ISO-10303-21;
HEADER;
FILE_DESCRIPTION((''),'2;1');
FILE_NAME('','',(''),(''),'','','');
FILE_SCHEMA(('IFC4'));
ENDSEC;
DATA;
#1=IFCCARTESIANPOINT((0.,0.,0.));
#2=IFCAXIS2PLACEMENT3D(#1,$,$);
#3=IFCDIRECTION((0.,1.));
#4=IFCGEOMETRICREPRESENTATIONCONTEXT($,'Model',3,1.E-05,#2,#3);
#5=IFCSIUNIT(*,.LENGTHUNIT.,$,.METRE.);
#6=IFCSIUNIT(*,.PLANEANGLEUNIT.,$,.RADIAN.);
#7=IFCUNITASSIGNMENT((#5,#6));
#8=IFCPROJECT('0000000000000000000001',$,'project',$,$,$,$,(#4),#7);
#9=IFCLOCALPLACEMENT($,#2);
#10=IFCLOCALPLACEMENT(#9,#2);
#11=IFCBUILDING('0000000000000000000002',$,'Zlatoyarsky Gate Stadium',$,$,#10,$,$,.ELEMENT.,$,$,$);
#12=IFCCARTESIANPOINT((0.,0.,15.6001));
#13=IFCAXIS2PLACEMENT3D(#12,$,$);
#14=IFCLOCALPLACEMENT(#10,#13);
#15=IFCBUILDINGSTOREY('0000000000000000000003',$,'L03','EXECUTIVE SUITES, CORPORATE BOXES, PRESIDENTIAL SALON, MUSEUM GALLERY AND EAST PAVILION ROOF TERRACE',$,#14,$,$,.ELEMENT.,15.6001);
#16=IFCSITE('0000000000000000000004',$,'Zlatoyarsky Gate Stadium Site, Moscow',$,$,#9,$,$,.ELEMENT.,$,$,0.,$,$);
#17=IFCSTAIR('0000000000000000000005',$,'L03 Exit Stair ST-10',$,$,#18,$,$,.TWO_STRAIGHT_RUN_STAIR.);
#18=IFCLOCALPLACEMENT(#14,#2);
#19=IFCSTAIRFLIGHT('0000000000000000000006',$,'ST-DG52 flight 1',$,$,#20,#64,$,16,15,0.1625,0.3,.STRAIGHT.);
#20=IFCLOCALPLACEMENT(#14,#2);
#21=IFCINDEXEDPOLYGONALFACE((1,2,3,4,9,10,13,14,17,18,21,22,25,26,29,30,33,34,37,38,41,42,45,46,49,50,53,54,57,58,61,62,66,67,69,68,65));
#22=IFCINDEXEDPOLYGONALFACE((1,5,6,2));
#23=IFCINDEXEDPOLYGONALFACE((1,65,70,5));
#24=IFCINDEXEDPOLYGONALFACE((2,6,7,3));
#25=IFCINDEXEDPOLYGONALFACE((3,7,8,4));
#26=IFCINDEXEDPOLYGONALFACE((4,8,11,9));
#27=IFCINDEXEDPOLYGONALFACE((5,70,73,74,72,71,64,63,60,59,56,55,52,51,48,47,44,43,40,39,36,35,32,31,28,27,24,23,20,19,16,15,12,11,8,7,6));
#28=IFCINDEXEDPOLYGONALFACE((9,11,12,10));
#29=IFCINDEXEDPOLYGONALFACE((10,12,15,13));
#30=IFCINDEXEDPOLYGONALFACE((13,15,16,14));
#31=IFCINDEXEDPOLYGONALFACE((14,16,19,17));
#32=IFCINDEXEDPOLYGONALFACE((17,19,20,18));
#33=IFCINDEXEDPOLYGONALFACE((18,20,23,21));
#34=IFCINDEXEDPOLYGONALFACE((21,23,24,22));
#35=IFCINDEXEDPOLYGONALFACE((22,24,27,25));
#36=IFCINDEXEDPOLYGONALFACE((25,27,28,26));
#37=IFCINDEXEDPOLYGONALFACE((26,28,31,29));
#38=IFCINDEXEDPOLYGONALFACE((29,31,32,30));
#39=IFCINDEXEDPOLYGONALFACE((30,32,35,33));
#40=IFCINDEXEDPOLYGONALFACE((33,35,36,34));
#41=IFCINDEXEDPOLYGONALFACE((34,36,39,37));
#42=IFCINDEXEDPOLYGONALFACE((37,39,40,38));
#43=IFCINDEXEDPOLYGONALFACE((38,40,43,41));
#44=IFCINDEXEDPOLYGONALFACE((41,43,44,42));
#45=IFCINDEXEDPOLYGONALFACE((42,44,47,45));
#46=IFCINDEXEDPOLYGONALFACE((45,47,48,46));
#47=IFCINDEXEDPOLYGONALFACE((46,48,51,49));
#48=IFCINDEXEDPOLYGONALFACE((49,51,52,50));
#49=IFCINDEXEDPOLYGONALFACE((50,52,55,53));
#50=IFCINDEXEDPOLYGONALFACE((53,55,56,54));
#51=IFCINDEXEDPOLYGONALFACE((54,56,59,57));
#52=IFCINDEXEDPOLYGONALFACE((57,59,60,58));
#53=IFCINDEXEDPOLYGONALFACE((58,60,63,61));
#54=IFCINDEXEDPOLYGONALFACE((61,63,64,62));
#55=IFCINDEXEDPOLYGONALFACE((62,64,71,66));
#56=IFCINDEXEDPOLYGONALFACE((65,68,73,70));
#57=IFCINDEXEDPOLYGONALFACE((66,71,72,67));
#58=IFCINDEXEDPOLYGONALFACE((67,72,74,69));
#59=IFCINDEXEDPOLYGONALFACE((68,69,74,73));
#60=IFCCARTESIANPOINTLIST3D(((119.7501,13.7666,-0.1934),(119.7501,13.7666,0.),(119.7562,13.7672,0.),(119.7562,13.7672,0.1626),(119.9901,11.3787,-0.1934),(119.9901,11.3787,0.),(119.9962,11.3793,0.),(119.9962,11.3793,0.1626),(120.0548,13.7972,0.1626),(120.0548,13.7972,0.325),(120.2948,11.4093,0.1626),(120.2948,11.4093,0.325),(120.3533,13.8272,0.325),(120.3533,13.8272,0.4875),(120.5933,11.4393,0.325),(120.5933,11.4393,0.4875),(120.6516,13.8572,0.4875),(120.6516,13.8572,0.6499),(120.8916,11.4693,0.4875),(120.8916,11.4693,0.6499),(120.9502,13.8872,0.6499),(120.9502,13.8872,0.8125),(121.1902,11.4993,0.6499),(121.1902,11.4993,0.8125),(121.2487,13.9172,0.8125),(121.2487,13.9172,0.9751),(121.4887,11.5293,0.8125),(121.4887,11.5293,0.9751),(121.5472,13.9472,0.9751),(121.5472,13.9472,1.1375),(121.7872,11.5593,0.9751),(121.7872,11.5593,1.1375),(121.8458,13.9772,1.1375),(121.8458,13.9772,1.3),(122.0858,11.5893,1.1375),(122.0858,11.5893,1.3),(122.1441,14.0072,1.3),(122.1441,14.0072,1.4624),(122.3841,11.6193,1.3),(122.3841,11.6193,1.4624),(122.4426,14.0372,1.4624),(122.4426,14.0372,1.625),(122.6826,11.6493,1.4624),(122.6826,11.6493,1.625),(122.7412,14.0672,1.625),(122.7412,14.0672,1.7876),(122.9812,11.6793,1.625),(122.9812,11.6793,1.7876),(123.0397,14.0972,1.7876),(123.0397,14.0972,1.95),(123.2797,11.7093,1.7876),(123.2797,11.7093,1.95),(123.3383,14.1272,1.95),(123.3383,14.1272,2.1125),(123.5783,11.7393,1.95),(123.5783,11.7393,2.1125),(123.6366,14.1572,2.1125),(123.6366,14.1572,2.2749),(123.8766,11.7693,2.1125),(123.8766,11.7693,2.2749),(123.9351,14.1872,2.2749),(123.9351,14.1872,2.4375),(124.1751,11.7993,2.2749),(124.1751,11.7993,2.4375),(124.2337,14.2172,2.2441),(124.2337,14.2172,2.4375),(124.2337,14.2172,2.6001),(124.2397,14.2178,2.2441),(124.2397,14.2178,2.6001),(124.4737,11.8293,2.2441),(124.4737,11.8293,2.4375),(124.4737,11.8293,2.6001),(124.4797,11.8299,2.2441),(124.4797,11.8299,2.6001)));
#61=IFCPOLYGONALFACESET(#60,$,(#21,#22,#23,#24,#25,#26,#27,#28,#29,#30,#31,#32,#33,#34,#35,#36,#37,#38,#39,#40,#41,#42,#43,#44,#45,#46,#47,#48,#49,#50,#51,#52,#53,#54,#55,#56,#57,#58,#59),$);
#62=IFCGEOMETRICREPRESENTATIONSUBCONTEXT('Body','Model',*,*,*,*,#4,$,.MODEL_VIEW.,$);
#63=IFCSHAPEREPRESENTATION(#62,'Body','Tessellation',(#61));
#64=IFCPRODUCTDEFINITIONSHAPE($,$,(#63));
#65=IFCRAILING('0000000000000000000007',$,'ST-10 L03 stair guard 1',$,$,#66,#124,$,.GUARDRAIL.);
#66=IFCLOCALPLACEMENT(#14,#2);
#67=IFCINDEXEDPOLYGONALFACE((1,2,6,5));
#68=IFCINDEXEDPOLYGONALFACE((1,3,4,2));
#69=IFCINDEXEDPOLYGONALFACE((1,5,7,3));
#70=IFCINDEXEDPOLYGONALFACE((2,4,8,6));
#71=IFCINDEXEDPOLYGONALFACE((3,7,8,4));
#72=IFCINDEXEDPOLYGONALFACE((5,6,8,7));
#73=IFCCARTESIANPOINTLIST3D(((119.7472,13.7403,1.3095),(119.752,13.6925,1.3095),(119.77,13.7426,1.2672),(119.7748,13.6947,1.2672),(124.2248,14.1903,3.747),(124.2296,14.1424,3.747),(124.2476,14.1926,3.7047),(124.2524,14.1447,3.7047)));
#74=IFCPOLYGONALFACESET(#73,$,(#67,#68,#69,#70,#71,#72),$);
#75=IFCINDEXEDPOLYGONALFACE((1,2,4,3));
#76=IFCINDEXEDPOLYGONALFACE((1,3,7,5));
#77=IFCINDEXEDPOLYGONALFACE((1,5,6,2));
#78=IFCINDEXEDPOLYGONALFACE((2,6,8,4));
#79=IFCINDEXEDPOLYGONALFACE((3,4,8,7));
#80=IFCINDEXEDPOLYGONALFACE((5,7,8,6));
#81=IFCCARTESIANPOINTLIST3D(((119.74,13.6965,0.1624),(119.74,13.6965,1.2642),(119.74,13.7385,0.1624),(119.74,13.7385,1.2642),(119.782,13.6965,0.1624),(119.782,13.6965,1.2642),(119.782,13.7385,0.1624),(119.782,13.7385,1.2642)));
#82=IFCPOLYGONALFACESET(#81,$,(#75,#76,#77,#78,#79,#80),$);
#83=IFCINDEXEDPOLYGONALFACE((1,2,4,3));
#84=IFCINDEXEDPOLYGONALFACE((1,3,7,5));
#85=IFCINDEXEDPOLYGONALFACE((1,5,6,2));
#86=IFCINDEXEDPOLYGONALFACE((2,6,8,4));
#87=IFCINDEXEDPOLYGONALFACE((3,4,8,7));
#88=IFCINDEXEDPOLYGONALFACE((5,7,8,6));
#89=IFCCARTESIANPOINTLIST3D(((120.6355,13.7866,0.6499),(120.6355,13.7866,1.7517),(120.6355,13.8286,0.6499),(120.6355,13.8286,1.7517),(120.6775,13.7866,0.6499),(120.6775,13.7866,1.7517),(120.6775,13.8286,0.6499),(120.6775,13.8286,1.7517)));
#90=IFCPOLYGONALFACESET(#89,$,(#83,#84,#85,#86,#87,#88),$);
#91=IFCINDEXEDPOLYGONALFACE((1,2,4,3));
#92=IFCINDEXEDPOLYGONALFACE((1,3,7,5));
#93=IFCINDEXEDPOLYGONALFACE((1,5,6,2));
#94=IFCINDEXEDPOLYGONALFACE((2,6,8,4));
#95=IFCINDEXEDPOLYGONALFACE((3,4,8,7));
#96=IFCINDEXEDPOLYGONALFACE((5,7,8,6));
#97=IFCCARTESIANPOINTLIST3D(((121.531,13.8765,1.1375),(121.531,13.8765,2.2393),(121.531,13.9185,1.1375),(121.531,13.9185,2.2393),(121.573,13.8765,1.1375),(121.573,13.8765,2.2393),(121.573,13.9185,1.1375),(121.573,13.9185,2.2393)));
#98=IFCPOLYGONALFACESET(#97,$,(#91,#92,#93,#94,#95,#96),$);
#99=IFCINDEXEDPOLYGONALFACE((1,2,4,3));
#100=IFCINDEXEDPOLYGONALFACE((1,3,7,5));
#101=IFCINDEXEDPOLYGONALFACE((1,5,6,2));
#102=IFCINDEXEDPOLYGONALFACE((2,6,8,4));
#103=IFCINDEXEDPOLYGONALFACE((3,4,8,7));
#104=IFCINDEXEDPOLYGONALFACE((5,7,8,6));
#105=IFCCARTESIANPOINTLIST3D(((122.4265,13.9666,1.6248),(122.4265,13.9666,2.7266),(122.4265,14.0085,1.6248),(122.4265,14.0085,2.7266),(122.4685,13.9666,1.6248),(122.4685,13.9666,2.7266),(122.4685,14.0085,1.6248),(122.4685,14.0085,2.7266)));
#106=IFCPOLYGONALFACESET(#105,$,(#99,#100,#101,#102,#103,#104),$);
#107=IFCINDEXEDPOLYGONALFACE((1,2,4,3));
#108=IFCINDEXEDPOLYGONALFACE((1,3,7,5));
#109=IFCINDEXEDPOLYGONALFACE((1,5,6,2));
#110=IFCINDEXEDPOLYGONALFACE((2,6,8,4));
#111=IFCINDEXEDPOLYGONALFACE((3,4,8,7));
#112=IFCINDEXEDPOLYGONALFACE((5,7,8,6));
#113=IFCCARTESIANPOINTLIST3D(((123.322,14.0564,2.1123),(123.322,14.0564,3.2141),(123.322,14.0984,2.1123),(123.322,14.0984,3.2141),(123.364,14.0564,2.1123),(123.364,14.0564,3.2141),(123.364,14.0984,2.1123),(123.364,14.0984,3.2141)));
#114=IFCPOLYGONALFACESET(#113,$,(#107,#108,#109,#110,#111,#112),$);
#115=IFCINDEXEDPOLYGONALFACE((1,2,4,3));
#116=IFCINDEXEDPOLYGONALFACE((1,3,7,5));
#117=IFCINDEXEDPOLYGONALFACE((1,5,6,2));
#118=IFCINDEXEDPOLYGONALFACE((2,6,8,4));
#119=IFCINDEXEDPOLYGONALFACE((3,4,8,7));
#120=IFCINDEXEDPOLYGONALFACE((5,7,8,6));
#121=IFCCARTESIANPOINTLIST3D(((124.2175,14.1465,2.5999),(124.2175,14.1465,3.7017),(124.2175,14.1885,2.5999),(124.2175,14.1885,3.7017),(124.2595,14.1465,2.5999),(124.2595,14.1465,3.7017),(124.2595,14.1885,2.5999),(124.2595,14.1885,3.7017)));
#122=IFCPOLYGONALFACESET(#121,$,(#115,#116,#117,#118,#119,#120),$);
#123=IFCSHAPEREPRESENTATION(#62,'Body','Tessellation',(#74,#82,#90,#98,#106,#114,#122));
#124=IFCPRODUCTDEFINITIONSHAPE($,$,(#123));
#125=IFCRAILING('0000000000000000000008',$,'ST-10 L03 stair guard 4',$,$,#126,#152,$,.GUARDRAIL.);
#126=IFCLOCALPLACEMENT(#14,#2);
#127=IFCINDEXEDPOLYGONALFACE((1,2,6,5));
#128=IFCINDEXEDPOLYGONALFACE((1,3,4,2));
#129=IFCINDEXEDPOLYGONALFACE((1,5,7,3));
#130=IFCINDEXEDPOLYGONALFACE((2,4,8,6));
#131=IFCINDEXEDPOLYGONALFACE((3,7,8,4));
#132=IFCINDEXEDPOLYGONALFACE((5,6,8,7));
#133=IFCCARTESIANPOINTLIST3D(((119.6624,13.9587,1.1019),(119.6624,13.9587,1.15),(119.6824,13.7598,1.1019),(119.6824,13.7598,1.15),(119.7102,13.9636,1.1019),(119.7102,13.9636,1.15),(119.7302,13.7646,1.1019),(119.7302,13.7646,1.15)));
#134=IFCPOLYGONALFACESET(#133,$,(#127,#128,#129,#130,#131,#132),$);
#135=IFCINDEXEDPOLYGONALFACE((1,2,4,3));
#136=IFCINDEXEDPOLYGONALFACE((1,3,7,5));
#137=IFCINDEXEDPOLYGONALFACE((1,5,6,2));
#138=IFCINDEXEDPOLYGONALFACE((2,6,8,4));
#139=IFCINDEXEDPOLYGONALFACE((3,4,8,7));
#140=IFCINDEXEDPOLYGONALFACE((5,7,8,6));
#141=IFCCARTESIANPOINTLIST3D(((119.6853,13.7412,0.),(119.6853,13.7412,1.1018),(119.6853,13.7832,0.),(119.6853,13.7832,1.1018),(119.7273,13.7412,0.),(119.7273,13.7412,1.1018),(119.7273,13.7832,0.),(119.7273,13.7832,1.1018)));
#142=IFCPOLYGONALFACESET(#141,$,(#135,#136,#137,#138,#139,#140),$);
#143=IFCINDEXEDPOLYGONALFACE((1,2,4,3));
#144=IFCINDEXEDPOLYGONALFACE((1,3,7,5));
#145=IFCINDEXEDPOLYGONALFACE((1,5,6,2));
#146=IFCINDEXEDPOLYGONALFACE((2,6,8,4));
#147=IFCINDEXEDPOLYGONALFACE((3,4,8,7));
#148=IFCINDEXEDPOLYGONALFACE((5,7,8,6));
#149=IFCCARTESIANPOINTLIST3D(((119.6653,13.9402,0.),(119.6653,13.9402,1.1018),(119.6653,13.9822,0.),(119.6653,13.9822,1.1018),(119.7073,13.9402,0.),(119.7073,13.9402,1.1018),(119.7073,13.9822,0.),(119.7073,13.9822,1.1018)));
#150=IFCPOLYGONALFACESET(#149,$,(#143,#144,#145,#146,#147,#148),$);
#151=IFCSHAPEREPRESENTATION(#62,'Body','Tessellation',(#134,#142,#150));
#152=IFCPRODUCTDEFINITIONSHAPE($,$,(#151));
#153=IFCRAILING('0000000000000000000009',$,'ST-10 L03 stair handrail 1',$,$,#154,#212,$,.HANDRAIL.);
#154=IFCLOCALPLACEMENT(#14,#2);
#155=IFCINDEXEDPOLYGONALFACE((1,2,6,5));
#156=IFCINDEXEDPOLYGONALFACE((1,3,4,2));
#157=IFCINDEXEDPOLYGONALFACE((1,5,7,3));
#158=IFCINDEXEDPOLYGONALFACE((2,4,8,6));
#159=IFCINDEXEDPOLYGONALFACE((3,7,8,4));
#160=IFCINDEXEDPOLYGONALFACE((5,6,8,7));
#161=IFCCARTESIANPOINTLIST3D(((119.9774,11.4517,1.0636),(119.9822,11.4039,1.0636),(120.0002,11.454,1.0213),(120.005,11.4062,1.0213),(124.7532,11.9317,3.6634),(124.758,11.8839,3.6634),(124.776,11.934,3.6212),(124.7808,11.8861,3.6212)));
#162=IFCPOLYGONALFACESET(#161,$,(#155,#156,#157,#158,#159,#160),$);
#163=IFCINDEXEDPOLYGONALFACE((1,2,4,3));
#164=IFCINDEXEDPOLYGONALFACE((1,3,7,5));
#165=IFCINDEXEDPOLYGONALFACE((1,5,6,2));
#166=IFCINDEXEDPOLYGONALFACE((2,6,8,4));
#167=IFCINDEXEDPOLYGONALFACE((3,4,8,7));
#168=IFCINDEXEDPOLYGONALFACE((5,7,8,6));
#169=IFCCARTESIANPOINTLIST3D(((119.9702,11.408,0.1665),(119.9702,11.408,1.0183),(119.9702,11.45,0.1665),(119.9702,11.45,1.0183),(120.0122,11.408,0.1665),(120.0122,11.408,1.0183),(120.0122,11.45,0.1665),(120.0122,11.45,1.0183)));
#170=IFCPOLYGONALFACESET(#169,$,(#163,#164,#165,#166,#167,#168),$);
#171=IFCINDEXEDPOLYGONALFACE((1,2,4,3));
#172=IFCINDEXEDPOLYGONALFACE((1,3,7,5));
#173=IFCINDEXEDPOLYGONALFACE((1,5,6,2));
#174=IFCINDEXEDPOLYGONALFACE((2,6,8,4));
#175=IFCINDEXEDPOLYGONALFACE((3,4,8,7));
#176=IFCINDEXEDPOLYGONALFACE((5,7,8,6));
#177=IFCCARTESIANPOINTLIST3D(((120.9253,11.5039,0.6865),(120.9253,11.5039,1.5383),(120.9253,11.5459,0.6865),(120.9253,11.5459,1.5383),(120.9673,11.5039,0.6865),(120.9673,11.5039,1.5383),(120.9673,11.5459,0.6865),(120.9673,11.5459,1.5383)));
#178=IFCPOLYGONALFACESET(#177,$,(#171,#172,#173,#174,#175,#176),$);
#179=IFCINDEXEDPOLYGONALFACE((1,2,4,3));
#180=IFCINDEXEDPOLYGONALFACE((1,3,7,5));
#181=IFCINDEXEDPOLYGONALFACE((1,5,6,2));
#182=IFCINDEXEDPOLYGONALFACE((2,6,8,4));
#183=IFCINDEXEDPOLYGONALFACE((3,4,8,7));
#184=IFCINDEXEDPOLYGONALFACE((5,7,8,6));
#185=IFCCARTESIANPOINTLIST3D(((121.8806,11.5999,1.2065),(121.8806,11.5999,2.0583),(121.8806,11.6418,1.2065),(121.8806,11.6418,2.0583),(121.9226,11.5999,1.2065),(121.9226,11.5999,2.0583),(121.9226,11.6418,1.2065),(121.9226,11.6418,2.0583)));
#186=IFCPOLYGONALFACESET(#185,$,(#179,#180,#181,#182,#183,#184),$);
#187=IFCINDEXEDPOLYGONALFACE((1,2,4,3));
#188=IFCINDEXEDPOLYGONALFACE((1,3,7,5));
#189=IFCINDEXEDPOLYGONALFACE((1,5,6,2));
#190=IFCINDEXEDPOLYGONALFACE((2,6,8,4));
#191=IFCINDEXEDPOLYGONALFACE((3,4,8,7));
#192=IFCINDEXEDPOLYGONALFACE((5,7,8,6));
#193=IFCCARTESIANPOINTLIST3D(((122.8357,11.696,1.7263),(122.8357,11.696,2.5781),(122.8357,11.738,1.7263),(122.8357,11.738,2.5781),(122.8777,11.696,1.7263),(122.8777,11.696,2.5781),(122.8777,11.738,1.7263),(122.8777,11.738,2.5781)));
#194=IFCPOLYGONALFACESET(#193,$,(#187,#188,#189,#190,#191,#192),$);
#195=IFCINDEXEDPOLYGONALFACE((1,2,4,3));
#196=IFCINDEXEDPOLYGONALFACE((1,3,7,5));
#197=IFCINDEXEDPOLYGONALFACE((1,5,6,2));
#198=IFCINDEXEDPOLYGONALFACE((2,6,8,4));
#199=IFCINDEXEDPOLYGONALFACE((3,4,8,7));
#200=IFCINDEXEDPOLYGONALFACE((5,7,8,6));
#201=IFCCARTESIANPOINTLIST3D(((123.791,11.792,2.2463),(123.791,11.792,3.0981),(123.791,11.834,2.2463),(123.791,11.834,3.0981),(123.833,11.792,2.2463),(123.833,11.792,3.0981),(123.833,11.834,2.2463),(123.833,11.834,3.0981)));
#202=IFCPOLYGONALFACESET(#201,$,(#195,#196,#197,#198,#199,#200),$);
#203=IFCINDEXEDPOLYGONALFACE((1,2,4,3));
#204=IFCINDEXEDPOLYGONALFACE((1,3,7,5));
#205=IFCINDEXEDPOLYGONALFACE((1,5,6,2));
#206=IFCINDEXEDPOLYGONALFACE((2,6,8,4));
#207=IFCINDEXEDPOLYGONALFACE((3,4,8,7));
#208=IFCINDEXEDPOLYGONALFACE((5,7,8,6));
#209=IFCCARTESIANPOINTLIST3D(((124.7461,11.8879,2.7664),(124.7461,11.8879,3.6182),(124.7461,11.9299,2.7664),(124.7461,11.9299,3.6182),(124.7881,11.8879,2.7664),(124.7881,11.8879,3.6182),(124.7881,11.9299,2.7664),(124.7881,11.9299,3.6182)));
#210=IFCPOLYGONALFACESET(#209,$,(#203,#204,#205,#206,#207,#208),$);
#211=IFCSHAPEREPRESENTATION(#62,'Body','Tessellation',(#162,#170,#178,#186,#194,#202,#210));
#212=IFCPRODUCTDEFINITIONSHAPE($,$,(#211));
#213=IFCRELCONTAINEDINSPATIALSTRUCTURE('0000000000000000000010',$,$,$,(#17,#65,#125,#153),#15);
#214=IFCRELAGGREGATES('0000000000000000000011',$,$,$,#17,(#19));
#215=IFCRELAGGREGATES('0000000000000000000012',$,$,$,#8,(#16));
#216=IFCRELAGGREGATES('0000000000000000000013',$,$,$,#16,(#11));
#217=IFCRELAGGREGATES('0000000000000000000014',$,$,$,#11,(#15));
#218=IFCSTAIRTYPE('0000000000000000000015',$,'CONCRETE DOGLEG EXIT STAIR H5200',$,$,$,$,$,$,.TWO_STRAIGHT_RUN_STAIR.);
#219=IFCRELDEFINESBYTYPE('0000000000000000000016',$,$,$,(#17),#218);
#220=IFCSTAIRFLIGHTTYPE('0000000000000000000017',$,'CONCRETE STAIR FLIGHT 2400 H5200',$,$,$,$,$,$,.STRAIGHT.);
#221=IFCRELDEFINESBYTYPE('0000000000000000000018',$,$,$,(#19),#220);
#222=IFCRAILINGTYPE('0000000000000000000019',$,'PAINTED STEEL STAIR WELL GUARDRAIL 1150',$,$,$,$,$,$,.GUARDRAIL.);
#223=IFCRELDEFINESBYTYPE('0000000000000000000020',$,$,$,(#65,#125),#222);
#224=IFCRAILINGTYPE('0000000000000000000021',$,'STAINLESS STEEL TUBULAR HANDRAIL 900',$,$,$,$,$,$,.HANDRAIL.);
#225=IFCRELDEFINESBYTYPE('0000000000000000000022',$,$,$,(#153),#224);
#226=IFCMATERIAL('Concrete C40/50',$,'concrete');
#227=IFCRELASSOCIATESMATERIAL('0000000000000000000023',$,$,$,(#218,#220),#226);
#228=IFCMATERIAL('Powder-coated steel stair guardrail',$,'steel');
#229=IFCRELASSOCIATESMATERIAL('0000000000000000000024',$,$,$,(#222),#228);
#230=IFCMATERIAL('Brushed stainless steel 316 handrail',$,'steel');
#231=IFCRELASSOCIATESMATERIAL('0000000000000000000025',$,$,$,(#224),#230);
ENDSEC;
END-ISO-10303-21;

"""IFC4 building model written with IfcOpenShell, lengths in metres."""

from ifc_helpers import new_model, si_unit, direction, frame, origin, origin_2d, place, context, subcontext, project, spatial, polyline, rectangle, outline, extrude, material, type_object, element, aggregate, save


model = new_model("IFC4")

# Units and contexts
model_context = context("Model", 3, precision=1e-05, world=origin(), true_north=direction((0.0, 1.0)))
body_context = subcontext(model_context, "Body", "Model", "MODEL_VIEW")
ifc_project = project(units=[si_unit("LENGTHUNIT", "METRE"), si_unit("PLANEANGLEUNIT", "RADIAN")], contexts=[model_context])

# Site, building, storey
site_placement = place(None, origin())
site = spatial("IfcSite", under=ifc_project, at=site_placement, Name="Zlatoyarsky Gate Stadium Site, Moscow", CompositionType="ELEMENT", RefElevation=0.0)
building_placement = place(site_placement, origin())
building = spatial("IfcBuilding", under=site, at=building_placement, Name="Zlatoyarsky Gate Stadium", CompositionType="ELEMENT")
storey_placement = place(building_placement, frame((0.0, 0.0, 15.6001)))
storey = spatial("IfcBuildingStorey", under=building, at=storey_placement, Name="L03", Description="EXECUTIVE SUITES, CORPORATE BOXES, PRESIDENTIAL SALON, MUSEUM GALLERY AND EAST PAVILION ROOF TERRACE", CompositionType="ELEMENT", Elevation=15.6001)

# Shared definitions
ifc_material_1 = material(Name="Concrete C40/50", Category="concrete")

# Stair, stair flight
stair_type = type_object("IfcStairType", Name="CONCRETE DOGLEG EXIT STAIR H5200", PredefinedType="TWO_STRAIGHT_RUN_STAIR", material=ifc_material_1)
stair_placement = place(storey_placement, origin())
stair = element("IfcStair", 1, at=stair_placement, inside=storey, type_object=stair_type, Name="L03 Exit Stair ST-10", PredefinedType="TWO_STRAIGHT_RUN_STAIR")
stair_flight_type = type_object("IfcStairFlightType", Name="CONCRETE STAIR FLIGHT 2400 H5200", PredefinedType="STRAIGHT", material=ifc_material_1)
stair_flight_placement = place(storey_placement, frame((119.8762, 12.5732, 0.0), z_axis=(0.0, 0.0, 1.0), x_axis=(0.994987, 0.100006, 0.0)))
stair_flight = element("IfcStairFlight", 2, at=stair_flight_placement, type_object=stair_flight_type, Name="ST-DG52 flight 1", NumberOfRisers=16, NumberOfTreads=15, PredefinedType="STRAIGHT", RiserHeight=0.1625, TreadLength=0.3, context=body_context, shape_type="SweptSolid", body=[
    extrude(outline(polyline([(-0.0061, -0.1934), (-0.0061, 0.0), (0.0, 0.0), (0.0, 0.1626), (0.3, 0.1626), (0.3, 0.325), (0.6001, 0.325), (0.6001, 0.4875), (0.8999, 0.4875), (0.8999, 0.6499), (1.2, 0.6499), (1.2, 0.8125), (1.5, 0.8125), (1.5, 0.9751), (1.8, 0.9751), (1.8, 1.1375), (2.1001, 1.1375), (2.1001, 1.3), (2.3999, 1.3), (2.3999, 1.4624), (2.7, 1.4624), (2.7, 1.625), (3.0, 1.625), (3.0, 1.7876), (3.3, 1.7876), (3.3, 1.95), (3.6001, 1.95), (3.6001, 2.1125), (3.8999, 2.1125), (3.8999, 2.2749), (4.2, 2.2749), (4.2, 2.4375), (4.5, 2.4375), (4.5, 2.6001), (4.5061, 2.6001), (4.5061, 2.2441), (4.5, 2.2441), (-0.0061, -0.1934)])), frame((0.0, 1.2, 0.0), z_axis=(0.0, -1.0, 0.0), x_axis=(1.0, 0.0, 0.0)), (0.0, 0.0, 1.0), 2.3999),
])
aggregate(stair, [stair_flight])

# Railings
ifc_material_2 = material(Name="Powder-coated steel stair guardrail", Category="steel")
railing_type_1 = type_object("IfcRailingType", Name="PAINTED STEEL STAIR WELL GUARDRAIL 1150", PredefinedType="GUARDRAIL", material=ifc_material_2)
railing_1_placement = place(storey_placement, frame((119.761, 13.7175, 0.1624)))
element("IfcRailing", 3, at=railing_1_placement, inside=storey, type_object=railing_type_1, Name="ST-10 L03 stair guard 1", PredefinedType="GUARDRAIL", context=body_context, shape_type="SweptSolid", body=[
    extrude(rectangle(XDim=0.0481, YDim=0.0481, at=origin_2d()), frame((0.0, 0.0, 1.126), z_axis=(0.87489, 0.087918, 0.476276), x_axis=(-0.099987, 0.994989, 0.0)), (0.0, 0.0, 1.0), 5.1179),
    extrude(rectangle(XDim=0.042, YDim=0.042, at=origin_2d()), origin(), (0.0, 0.0, 1.0), 1.1018),
    extrude(rectangle(XDim=0.042, YDim=0.042, at=origin_2d()), frame((0.8955, 0.0901, 0.4875)), (0.0, 0.0, 1.0), 1.1018),
    extrude(rectangle(XDim=0.042, YDim=0.042, at=origin_2d()), frame((1.791, 0.1799, 0.9751)), (0.0, 0.0, 1.0), 1.1018),
    extrude(rectangle(XDim=0.042, YDim=0.042, at=origin_2d()), frame((2.6865, 0.27, 1.4624)), (0.0, 0.0, 1.0), 1.1018),
    extrude(rectangle(XDim=0.042, YDim=0.042, at=origin_2d()), frame((3.582, 0.3599, 1.95)), (0.0, 0.0, 1.0), 1.1018),
    extrude(rectangle(XDim=0.042, YDim=0.042, at=origin_2d()), frame((4.4775, 0.45, 2.4375)), (0.0, 0.0, 1.0), 1.1018),
])
railing_2_placement = place(storey_placement, frame((119.7063, 13.7622, 0.0)))
element("IfcRailing", 4, at=railing_2_placement, inside=storey, type_object=railing_type_1, Name="ST-10 L03 stair guard 4", PredefinedType="GUARDRAIL", context=body_context, shape_type="SweptSolid", body=[
    extrude(rectangle(XDim=0.0481, YDim=0.0481, at=origin_2d()), frame((0.0, 0.0, 1.126), z_axis=(-0.100108, 0.994977, 0.0), x_axis=(-0.994977, -0.100108, 0.0)), (0.0, 0.0, 1.0), 0.2),
    extrude(rectangle(XDim=0.042, YDim=0.042, at=origin_2d()), origin(), (0.0, 0.0, 1.0), 1.1018),
    extrude(rectangle(XDim=0.042, YDim=0.042, at=origin_2d()), frame((-0.02, 0.199, 0.0)), (0.0, 0.0, 1.0), 1.1018),
])
ifc_material_3 = material(Name="Brushed stainless steel 316 handrail", Category="steel")
railing_type_2 = type_object("IfcRailingType", Name="STAINLESS STEEL TUBULAR HANDRAIL 900", PredefinedType="HANDRAIL", material=ifc_material_3)
railing_3_placement = place(storey_placement, frame((119.9912, 11.429, 0.1665)))
element("IfcRailing", 5, at=railing_3_placement, inside=storey, type_object=railing_type_2, Name="ST-10 L03 stair handrail 1", PredefinedType="HANDRAIL", context=body_context, shape_type="SweptSolid", body=[
    extrude(rectangle(XDim=0.0481, YDim=0.0481, at=origin_2d()), frame((0.0, 0.0, 0.876), z_axis=(0.874893, 0.087928, 0.476267), x_axis=(-0.099997, 0.994988, 0.0)), (0.0, 0.0, 1.0), 5.4587),
    extrude(rectangle(XDim=0.042, YDim=0.042, at=origin_2d()), origin(), (0.0, 0.0, 1.0), 0.8518),
    extrude(rectangle(XDim=0.042, YDim=0.042, at=origin_2d()), frame((0.9551, 0.0959, 0.52)), (0.0, 0.0, 1.0), 0.8518),
    extrude(rectangle(XDim=0.042, YDim=0.042, at=origin_2d()), frame((1.9104, 0.1919, 1.04)), (0.0, 0.0, 1.0), 0.8518),
    extrude(rectangle(XDim=0.042, YDim=0.042, at=origin_2d()), frame((2.8655, 0.2881, 1.5598)), (0.0, 0.0, 1.0), 0.8518),
    extrude(rectangle(XDim=0.042, YDim=0.042, at=origin_2d()), frame((3.8208, 0.384, 2.0798)), (0.0, 0.0, 1.0), 0.8518),
    extrude(rectangle(XDim=0.042, YDim=0.042, at=origin_2d()), frame((4.7759, 0.48, 2.5999)), (0.0, 0.0, 1.0), 0.8518),
])

save(model, "model.ifc")
